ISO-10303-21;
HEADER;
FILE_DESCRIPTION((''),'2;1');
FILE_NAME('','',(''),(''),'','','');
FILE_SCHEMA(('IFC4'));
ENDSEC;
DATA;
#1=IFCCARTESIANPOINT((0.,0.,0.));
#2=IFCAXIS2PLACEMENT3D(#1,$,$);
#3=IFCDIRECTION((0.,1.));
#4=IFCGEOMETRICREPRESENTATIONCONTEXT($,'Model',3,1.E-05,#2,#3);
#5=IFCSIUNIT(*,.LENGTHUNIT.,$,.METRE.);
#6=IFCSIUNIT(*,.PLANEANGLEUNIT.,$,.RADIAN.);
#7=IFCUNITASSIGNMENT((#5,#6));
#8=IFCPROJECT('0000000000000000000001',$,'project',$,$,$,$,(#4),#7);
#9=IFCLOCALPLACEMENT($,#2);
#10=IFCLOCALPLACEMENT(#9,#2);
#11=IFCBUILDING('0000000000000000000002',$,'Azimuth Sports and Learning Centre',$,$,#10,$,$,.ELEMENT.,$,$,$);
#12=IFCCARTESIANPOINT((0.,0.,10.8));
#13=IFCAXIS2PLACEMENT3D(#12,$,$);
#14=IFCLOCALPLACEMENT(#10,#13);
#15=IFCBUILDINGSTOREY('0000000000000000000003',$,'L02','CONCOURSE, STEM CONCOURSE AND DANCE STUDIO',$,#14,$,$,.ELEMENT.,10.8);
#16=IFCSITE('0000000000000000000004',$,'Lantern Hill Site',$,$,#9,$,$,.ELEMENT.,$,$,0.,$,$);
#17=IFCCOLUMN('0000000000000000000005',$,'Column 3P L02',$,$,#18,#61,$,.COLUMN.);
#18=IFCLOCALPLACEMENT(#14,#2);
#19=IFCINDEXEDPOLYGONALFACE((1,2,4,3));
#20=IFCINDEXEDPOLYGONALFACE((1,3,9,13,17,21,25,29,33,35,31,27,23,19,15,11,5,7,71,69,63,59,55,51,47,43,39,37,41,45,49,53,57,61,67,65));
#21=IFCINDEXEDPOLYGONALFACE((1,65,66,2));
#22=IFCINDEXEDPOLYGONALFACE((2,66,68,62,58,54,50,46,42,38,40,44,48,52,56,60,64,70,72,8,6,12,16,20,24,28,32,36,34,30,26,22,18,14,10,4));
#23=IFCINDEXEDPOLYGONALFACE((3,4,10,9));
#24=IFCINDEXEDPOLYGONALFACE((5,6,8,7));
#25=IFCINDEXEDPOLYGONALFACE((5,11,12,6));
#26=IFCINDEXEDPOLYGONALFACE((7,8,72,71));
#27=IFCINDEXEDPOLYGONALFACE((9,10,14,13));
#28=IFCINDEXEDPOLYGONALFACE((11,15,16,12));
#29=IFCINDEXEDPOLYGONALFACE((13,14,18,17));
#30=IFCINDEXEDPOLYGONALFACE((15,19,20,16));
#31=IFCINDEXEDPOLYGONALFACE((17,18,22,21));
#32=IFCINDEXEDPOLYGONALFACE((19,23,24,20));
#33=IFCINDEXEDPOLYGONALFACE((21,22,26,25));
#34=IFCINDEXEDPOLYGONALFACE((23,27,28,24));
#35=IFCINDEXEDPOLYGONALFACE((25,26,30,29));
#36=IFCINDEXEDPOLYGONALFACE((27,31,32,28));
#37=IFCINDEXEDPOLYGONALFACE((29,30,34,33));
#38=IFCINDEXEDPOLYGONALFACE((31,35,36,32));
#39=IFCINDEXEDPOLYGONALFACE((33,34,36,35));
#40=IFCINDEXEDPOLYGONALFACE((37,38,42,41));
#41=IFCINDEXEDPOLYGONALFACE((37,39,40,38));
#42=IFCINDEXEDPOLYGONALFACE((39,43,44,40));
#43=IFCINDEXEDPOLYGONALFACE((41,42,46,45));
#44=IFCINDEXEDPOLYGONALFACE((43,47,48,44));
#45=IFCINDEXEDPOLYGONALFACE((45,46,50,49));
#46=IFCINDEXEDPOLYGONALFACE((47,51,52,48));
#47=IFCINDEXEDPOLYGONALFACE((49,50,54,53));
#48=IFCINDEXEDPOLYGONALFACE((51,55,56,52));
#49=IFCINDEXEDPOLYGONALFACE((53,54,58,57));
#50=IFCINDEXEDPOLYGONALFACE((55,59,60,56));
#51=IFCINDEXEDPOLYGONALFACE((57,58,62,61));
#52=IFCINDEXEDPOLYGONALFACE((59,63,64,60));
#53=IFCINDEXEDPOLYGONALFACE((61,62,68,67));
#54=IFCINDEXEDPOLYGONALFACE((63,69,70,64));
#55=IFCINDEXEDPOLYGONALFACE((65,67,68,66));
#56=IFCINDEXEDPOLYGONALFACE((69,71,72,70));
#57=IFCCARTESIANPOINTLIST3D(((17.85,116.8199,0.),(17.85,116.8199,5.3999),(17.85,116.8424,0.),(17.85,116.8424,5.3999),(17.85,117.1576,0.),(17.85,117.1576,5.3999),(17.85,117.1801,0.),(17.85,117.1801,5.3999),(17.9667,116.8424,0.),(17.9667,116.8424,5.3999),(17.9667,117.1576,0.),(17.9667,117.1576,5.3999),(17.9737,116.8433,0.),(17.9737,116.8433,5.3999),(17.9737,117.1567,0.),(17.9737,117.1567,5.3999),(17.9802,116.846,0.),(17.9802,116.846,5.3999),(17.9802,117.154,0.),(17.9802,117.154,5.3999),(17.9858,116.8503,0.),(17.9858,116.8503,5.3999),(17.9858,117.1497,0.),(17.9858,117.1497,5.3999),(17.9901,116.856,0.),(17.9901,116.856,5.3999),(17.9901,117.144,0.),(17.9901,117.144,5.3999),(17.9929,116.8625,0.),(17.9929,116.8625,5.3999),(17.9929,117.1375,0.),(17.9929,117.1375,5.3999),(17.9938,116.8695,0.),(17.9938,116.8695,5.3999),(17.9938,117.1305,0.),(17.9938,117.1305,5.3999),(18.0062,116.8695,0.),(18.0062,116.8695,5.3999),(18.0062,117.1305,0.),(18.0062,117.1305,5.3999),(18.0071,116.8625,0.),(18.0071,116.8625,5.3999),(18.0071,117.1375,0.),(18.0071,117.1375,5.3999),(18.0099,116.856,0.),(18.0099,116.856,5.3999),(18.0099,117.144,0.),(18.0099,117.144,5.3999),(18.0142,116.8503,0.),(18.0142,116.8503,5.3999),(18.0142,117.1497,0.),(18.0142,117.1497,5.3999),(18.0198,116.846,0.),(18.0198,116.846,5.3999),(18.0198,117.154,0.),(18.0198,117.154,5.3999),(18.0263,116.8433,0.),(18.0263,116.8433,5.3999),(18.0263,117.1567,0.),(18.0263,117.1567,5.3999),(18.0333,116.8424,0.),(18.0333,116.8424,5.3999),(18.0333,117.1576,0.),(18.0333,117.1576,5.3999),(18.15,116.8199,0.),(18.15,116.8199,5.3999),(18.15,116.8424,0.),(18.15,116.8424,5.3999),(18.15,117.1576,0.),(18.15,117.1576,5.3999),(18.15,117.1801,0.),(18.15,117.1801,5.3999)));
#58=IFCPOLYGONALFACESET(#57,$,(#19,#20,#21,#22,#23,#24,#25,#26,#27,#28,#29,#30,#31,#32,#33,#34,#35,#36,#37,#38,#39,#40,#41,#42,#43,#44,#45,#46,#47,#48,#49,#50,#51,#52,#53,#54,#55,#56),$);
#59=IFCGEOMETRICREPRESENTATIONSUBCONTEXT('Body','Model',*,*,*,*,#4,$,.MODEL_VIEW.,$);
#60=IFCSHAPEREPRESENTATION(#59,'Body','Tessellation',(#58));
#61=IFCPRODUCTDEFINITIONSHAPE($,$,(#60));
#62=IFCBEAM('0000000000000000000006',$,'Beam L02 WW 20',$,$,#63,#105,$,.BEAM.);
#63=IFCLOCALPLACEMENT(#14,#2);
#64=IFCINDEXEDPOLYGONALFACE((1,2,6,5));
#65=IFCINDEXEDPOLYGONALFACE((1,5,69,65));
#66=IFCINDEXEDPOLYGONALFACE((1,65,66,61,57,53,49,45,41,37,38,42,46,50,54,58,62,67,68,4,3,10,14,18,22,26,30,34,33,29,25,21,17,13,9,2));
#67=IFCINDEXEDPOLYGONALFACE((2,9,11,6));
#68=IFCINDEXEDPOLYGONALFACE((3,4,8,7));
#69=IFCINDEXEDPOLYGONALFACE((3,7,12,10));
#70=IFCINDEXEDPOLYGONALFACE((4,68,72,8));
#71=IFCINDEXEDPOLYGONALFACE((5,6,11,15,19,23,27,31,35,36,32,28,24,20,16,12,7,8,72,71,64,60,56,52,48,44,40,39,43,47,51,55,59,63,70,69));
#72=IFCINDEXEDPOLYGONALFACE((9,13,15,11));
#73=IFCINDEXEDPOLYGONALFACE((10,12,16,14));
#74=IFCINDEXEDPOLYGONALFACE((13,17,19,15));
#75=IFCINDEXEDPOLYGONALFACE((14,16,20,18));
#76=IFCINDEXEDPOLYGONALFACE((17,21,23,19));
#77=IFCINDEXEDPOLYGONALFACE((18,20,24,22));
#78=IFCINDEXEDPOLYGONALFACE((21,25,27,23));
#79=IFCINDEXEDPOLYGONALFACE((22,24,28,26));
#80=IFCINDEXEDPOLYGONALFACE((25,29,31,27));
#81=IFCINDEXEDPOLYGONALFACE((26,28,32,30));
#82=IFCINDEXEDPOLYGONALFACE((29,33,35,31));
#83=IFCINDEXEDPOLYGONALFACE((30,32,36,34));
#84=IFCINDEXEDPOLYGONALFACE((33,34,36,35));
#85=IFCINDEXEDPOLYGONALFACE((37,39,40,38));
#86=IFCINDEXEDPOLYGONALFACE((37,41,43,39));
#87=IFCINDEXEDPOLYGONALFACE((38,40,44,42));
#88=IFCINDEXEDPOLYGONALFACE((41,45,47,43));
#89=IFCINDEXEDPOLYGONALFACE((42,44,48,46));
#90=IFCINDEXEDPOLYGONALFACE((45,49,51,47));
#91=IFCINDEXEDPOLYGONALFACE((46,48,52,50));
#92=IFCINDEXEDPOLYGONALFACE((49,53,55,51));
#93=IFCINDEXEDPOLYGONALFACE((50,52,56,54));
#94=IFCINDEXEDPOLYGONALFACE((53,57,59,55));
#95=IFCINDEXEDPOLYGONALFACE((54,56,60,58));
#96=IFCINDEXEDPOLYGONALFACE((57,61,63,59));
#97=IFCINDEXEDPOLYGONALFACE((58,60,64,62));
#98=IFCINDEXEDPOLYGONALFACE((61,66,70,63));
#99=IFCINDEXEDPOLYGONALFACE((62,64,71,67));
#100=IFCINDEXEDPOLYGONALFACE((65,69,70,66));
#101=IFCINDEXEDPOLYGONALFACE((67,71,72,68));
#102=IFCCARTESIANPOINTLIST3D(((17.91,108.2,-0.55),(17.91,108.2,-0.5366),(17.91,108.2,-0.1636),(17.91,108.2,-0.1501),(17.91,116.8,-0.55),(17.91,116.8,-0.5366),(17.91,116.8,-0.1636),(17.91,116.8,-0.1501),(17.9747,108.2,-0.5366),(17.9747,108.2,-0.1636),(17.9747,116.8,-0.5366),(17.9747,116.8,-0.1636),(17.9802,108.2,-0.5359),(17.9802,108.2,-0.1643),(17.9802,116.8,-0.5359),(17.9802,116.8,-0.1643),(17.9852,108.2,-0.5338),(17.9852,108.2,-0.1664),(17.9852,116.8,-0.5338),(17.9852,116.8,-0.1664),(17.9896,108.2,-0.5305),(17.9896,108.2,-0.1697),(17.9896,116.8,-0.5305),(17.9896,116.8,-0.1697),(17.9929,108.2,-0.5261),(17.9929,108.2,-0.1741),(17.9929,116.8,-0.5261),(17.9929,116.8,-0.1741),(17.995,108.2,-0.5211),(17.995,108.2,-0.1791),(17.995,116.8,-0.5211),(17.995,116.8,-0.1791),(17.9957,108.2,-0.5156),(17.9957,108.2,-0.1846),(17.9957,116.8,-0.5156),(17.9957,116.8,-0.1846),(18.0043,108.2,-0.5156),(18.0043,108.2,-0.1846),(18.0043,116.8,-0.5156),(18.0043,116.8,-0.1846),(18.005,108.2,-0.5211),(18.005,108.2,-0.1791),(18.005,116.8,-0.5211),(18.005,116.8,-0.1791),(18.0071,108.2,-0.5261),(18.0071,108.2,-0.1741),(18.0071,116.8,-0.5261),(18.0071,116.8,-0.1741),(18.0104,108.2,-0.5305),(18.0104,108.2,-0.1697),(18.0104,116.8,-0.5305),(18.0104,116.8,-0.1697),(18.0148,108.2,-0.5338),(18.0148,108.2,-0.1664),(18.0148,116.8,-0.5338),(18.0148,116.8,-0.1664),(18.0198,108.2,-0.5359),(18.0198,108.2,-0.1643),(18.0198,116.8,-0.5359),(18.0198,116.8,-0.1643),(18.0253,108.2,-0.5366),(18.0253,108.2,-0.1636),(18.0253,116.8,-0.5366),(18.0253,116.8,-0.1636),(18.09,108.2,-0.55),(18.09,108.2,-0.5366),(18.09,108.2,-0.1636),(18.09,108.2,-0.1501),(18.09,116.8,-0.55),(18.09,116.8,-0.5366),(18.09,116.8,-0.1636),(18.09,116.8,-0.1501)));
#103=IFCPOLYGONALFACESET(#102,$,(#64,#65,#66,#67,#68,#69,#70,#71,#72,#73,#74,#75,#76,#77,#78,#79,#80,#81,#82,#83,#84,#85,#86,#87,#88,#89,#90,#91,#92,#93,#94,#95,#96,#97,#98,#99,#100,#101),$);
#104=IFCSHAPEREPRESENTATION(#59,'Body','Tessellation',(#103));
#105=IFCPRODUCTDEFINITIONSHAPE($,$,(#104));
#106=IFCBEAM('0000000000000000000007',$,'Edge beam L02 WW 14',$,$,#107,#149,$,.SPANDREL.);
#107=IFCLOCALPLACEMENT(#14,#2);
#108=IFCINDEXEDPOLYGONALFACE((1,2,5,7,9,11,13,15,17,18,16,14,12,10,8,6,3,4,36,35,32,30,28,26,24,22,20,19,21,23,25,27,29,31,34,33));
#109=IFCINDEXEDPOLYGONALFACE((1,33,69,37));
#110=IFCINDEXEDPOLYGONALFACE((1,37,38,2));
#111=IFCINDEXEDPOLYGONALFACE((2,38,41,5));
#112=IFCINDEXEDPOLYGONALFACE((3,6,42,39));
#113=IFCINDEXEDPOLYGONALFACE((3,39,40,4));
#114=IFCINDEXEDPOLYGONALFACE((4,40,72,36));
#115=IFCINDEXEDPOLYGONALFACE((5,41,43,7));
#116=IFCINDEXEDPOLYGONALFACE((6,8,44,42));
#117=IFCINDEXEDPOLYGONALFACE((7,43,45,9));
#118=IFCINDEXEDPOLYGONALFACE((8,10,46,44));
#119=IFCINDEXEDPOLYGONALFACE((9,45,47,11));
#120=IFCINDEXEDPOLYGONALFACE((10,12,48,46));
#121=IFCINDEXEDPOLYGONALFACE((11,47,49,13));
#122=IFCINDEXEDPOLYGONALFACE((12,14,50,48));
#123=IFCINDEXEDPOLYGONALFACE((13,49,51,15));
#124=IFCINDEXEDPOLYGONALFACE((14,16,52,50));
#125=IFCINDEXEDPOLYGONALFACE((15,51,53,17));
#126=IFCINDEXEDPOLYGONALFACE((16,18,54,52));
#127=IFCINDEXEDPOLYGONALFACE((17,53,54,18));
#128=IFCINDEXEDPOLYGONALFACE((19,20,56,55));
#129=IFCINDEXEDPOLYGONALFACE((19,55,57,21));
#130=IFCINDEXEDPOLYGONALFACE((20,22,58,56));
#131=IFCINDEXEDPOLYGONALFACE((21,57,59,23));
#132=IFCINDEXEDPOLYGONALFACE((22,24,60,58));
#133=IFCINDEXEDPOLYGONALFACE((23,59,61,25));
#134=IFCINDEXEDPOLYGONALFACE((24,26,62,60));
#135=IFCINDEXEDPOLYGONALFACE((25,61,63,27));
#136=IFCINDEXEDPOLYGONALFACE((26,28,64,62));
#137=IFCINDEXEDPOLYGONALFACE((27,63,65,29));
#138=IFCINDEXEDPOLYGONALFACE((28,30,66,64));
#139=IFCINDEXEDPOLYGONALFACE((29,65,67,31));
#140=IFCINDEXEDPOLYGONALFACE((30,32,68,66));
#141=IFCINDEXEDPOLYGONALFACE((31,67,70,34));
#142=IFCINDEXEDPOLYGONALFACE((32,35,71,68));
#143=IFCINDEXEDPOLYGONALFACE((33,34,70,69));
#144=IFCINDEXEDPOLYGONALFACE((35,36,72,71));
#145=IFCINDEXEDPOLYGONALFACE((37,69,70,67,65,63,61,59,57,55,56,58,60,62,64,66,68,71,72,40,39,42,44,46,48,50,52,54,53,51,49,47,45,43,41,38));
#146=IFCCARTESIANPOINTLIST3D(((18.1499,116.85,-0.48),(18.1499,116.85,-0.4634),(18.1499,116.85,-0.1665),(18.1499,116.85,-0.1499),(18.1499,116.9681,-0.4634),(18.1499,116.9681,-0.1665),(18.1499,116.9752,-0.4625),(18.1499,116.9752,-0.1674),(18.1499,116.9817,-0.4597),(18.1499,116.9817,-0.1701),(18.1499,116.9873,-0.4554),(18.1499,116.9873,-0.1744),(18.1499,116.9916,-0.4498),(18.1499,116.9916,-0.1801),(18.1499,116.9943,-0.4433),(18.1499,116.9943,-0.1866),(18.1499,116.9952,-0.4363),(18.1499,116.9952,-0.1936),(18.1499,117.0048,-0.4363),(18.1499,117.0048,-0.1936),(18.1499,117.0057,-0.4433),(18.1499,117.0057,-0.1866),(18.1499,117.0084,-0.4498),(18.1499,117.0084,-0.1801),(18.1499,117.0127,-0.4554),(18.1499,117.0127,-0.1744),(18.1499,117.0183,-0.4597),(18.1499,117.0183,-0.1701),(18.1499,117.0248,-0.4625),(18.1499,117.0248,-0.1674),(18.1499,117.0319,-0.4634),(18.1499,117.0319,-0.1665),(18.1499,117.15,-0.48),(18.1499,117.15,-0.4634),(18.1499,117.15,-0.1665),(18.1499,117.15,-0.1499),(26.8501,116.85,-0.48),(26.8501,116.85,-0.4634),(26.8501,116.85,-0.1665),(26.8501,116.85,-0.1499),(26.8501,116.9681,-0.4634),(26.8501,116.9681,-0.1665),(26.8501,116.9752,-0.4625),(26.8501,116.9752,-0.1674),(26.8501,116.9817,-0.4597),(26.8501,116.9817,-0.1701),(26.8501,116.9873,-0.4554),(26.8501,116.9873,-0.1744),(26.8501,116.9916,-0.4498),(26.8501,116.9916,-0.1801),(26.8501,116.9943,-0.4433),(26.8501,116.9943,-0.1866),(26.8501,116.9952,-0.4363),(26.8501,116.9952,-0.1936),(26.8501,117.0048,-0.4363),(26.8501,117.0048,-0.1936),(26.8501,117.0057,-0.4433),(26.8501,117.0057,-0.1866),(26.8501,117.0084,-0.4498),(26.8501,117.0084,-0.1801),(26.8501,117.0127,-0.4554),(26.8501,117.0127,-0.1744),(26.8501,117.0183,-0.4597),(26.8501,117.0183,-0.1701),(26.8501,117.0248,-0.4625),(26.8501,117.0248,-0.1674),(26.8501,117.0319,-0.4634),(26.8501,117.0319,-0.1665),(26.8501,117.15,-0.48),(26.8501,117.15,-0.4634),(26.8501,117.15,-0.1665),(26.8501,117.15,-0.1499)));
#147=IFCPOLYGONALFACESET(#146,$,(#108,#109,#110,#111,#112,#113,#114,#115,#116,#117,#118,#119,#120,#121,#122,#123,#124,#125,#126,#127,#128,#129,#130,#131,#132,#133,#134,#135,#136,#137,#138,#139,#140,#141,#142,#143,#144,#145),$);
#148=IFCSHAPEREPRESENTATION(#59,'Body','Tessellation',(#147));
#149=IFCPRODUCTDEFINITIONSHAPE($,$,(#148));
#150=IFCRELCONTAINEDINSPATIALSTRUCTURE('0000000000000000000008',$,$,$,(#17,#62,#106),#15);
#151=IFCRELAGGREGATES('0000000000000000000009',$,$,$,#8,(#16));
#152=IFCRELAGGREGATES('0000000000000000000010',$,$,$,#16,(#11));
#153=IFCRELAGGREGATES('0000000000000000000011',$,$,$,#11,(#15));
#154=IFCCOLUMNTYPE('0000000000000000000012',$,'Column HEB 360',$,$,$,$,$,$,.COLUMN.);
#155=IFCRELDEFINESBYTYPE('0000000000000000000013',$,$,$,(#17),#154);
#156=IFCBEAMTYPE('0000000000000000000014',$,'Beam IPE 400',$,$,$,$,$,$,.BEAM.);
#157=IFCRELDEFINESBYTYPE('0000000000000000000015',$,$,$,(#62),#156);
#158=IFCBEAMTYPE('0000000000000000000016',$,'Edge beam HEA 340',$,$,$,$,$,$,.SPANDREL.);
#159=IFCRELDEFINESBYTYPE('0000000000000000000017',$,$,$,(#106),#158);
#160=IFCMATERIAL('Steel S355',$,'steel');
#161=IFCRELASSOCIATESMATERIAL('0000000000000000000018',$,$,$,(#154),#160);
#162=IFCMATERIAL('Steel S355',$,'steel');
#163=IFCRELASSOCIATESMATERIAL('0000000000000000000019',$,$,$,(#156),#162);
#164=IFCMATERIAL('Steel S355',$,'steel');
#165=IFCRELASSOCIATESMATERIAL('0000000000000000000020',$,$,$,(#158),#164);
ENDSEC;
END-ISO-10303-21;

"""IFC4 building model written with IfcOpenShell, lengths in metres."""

from ifc_helpers import new_model, si_unit, direction, frame, origin, origin_2d, place, context, subcontext, project, spatial, i_section, extrude, material, material_profile, profile_set, type_object, element, save


model = new_model("IFC4")

# Units and contexts
model_context = context("Model", 3, precision=1e-05, world=origin(), true_north=direction((0.0, 1.0)))
body_context = subcontext(model_context, "Body", "Model", "MODEL_VIEW")
ifc_project = project(units=[si_unit("LENGTHUNIT", "METRE"), si_unit("PLANEANGLEUNIT", "RADIAN")], contexts=[model_context])

# Site, building, storey
site_placement = place(None, origin())
site = spatial("IfcSite", under=ifc_project, at=site_placement, Name="Lantern Hill Site", CompositionType="ELEMENT", RefElevation=0.0)
building_placement = place(site_placement, origin())
building = spatial("IfcBuilding", under=site, at=building_placement, Name="Azimuth Sports and Learning Centre", CompositionType="ELEMENT")
storey_placement = place(building_placement, frame((0.0, 0.0, 10.8)))
storey = spatial("IfcBuildingStorey", under=building, at=storey_placement, Name="L02", Description="CONCOURSE, STEM CONCOURSE AND DANCE STUDIO", CompositionType="ELEMENT", Elevation=10.8)

# Column
ifc_material_1 = material(Name="Steel S355", Category="steel")
ifc_material_profile_1 = material_profile(ifc_material_1, i_section(OverallWidth=0.3, OverallDepth=0.3601, WebThickness=0.0125, FlangeThickness=0.0225, FilletRadius=0.0271, at=origin_2d()), Name="HEB 360")
ifc_profile_set_1 = profile_set([ifc_material_profile_1], Name="Steel S355")
column_type = type_object("IfcColumnType", Name="Column HEB 360", PredefinedType="COLUMN", material=ifc_profile_set_1)
column_placement = place(storey_placement, frame((18.0, 117.0, 0.0), z_axis=(0.0, 0.0, 1.0), x_axis=(1.0, 0.0, 0.0)))
element("IfcColumn", 1, at=column_placement, inside=storey, type_object=column_type, Name="Column 3P L02", PredefinedType="COLUMN", context=body_context, shape_type="SweptSolid", body=[
    extrude(i_section(OverallWidth=0.3, OverallDepth=0.3601, WebThickness=0.0125, FlangeThickness=0.0225, FilletRadius=0.0271, at=origin_2d()), origin(), (0.0, 0.0, 1.0), 5.3999),
])

# Beams
ifc_material_2 = material(Name="Steel S355", Category="steel")
ifc_material_profile_2 = material_profile(ifc_material_2, i_section(OverallWidth=0.1799, OverallDepth=0.3999, WebThickness=0.0085, FlangeThickness=0.0134, FilletRadius=0.021, at=origin_2d()), Name="IPE 400")
ifc_profile_set_2 = profile_set([ifc_material_profile_2], Name="Steel S355")
beam_type_1 = type_object("IfcBeamType", Name="Beam IPE 400", PredefinedType="BEAM", material=ifc_profile_set_2)
beam_1_placement = place(storey_placement, frame((18.0, 108.2, -0.3501), z_axis=(0.0, 1.0, 0.0), x_axis=(-1.0, 0.0, 0.0)))
element("IfcBeam", 2, at=beam_1_placement, inside=storey, type_object=beam_type_1, Name="Beam L02 WW 20", PredefinedType="BEAM", context=body_context, shape_type="SweptSolid", body=[
    extrude(i_section(OverallWidth=0.1799, OverallDepth=0.3999, WebThickness=0.0085, FlangeThickness=0.0134, FilletRadius=0.021, at=origin_2d()), origin(), (0.0, 0.0, 1.0), 8.6001),
])
ifc_material_3 = material(Name="Steel S355", Category="steel")
ifc_material_profile_3 = material_profile(ifc_material_3, i_section(OverallWidth=0.3, OverallDepth=0.3301, WebThickness=0.0095, FlangeThickness=0.0166, FilletRadius=0.0271, at=origin_2d()), Name="HEA 340")
ifc_profile_set_3 = profile_set([ifc_material_profile_3], Name="Steel S355")
beam_type_2 = type_object("IfcBeamType", Name="Edge beam HEA 340", PredefinedType="SPANDREL", material=ifc_profile_set_3)
beam_2_placement = place(storey_placement, frame((18.1499, 117.0, -0.3149), z_axis=(1.0, 0.0, 0.0), x_axis=(0.0, 1.0, 0.0)))
element("IfcBeam", 3, at=beam_2_placement, inside=storey, type_object=beam_type_2, Name="Edge beam L02 WW 14", PredefinedType="SPANDREL", context=body_context, shape_type="SweptSolid", body=[
    extrude(i_section(OverallWidth=0.3, OverallDepth=0.3301, WebThickness=0.0095, FlangeThickness=0.0166, FilletRadius=0.0271, at=origin_2d()), origin(), (0.0, 0.0, 1.0), 8.7002),
])

save(model, "model.ifc")
